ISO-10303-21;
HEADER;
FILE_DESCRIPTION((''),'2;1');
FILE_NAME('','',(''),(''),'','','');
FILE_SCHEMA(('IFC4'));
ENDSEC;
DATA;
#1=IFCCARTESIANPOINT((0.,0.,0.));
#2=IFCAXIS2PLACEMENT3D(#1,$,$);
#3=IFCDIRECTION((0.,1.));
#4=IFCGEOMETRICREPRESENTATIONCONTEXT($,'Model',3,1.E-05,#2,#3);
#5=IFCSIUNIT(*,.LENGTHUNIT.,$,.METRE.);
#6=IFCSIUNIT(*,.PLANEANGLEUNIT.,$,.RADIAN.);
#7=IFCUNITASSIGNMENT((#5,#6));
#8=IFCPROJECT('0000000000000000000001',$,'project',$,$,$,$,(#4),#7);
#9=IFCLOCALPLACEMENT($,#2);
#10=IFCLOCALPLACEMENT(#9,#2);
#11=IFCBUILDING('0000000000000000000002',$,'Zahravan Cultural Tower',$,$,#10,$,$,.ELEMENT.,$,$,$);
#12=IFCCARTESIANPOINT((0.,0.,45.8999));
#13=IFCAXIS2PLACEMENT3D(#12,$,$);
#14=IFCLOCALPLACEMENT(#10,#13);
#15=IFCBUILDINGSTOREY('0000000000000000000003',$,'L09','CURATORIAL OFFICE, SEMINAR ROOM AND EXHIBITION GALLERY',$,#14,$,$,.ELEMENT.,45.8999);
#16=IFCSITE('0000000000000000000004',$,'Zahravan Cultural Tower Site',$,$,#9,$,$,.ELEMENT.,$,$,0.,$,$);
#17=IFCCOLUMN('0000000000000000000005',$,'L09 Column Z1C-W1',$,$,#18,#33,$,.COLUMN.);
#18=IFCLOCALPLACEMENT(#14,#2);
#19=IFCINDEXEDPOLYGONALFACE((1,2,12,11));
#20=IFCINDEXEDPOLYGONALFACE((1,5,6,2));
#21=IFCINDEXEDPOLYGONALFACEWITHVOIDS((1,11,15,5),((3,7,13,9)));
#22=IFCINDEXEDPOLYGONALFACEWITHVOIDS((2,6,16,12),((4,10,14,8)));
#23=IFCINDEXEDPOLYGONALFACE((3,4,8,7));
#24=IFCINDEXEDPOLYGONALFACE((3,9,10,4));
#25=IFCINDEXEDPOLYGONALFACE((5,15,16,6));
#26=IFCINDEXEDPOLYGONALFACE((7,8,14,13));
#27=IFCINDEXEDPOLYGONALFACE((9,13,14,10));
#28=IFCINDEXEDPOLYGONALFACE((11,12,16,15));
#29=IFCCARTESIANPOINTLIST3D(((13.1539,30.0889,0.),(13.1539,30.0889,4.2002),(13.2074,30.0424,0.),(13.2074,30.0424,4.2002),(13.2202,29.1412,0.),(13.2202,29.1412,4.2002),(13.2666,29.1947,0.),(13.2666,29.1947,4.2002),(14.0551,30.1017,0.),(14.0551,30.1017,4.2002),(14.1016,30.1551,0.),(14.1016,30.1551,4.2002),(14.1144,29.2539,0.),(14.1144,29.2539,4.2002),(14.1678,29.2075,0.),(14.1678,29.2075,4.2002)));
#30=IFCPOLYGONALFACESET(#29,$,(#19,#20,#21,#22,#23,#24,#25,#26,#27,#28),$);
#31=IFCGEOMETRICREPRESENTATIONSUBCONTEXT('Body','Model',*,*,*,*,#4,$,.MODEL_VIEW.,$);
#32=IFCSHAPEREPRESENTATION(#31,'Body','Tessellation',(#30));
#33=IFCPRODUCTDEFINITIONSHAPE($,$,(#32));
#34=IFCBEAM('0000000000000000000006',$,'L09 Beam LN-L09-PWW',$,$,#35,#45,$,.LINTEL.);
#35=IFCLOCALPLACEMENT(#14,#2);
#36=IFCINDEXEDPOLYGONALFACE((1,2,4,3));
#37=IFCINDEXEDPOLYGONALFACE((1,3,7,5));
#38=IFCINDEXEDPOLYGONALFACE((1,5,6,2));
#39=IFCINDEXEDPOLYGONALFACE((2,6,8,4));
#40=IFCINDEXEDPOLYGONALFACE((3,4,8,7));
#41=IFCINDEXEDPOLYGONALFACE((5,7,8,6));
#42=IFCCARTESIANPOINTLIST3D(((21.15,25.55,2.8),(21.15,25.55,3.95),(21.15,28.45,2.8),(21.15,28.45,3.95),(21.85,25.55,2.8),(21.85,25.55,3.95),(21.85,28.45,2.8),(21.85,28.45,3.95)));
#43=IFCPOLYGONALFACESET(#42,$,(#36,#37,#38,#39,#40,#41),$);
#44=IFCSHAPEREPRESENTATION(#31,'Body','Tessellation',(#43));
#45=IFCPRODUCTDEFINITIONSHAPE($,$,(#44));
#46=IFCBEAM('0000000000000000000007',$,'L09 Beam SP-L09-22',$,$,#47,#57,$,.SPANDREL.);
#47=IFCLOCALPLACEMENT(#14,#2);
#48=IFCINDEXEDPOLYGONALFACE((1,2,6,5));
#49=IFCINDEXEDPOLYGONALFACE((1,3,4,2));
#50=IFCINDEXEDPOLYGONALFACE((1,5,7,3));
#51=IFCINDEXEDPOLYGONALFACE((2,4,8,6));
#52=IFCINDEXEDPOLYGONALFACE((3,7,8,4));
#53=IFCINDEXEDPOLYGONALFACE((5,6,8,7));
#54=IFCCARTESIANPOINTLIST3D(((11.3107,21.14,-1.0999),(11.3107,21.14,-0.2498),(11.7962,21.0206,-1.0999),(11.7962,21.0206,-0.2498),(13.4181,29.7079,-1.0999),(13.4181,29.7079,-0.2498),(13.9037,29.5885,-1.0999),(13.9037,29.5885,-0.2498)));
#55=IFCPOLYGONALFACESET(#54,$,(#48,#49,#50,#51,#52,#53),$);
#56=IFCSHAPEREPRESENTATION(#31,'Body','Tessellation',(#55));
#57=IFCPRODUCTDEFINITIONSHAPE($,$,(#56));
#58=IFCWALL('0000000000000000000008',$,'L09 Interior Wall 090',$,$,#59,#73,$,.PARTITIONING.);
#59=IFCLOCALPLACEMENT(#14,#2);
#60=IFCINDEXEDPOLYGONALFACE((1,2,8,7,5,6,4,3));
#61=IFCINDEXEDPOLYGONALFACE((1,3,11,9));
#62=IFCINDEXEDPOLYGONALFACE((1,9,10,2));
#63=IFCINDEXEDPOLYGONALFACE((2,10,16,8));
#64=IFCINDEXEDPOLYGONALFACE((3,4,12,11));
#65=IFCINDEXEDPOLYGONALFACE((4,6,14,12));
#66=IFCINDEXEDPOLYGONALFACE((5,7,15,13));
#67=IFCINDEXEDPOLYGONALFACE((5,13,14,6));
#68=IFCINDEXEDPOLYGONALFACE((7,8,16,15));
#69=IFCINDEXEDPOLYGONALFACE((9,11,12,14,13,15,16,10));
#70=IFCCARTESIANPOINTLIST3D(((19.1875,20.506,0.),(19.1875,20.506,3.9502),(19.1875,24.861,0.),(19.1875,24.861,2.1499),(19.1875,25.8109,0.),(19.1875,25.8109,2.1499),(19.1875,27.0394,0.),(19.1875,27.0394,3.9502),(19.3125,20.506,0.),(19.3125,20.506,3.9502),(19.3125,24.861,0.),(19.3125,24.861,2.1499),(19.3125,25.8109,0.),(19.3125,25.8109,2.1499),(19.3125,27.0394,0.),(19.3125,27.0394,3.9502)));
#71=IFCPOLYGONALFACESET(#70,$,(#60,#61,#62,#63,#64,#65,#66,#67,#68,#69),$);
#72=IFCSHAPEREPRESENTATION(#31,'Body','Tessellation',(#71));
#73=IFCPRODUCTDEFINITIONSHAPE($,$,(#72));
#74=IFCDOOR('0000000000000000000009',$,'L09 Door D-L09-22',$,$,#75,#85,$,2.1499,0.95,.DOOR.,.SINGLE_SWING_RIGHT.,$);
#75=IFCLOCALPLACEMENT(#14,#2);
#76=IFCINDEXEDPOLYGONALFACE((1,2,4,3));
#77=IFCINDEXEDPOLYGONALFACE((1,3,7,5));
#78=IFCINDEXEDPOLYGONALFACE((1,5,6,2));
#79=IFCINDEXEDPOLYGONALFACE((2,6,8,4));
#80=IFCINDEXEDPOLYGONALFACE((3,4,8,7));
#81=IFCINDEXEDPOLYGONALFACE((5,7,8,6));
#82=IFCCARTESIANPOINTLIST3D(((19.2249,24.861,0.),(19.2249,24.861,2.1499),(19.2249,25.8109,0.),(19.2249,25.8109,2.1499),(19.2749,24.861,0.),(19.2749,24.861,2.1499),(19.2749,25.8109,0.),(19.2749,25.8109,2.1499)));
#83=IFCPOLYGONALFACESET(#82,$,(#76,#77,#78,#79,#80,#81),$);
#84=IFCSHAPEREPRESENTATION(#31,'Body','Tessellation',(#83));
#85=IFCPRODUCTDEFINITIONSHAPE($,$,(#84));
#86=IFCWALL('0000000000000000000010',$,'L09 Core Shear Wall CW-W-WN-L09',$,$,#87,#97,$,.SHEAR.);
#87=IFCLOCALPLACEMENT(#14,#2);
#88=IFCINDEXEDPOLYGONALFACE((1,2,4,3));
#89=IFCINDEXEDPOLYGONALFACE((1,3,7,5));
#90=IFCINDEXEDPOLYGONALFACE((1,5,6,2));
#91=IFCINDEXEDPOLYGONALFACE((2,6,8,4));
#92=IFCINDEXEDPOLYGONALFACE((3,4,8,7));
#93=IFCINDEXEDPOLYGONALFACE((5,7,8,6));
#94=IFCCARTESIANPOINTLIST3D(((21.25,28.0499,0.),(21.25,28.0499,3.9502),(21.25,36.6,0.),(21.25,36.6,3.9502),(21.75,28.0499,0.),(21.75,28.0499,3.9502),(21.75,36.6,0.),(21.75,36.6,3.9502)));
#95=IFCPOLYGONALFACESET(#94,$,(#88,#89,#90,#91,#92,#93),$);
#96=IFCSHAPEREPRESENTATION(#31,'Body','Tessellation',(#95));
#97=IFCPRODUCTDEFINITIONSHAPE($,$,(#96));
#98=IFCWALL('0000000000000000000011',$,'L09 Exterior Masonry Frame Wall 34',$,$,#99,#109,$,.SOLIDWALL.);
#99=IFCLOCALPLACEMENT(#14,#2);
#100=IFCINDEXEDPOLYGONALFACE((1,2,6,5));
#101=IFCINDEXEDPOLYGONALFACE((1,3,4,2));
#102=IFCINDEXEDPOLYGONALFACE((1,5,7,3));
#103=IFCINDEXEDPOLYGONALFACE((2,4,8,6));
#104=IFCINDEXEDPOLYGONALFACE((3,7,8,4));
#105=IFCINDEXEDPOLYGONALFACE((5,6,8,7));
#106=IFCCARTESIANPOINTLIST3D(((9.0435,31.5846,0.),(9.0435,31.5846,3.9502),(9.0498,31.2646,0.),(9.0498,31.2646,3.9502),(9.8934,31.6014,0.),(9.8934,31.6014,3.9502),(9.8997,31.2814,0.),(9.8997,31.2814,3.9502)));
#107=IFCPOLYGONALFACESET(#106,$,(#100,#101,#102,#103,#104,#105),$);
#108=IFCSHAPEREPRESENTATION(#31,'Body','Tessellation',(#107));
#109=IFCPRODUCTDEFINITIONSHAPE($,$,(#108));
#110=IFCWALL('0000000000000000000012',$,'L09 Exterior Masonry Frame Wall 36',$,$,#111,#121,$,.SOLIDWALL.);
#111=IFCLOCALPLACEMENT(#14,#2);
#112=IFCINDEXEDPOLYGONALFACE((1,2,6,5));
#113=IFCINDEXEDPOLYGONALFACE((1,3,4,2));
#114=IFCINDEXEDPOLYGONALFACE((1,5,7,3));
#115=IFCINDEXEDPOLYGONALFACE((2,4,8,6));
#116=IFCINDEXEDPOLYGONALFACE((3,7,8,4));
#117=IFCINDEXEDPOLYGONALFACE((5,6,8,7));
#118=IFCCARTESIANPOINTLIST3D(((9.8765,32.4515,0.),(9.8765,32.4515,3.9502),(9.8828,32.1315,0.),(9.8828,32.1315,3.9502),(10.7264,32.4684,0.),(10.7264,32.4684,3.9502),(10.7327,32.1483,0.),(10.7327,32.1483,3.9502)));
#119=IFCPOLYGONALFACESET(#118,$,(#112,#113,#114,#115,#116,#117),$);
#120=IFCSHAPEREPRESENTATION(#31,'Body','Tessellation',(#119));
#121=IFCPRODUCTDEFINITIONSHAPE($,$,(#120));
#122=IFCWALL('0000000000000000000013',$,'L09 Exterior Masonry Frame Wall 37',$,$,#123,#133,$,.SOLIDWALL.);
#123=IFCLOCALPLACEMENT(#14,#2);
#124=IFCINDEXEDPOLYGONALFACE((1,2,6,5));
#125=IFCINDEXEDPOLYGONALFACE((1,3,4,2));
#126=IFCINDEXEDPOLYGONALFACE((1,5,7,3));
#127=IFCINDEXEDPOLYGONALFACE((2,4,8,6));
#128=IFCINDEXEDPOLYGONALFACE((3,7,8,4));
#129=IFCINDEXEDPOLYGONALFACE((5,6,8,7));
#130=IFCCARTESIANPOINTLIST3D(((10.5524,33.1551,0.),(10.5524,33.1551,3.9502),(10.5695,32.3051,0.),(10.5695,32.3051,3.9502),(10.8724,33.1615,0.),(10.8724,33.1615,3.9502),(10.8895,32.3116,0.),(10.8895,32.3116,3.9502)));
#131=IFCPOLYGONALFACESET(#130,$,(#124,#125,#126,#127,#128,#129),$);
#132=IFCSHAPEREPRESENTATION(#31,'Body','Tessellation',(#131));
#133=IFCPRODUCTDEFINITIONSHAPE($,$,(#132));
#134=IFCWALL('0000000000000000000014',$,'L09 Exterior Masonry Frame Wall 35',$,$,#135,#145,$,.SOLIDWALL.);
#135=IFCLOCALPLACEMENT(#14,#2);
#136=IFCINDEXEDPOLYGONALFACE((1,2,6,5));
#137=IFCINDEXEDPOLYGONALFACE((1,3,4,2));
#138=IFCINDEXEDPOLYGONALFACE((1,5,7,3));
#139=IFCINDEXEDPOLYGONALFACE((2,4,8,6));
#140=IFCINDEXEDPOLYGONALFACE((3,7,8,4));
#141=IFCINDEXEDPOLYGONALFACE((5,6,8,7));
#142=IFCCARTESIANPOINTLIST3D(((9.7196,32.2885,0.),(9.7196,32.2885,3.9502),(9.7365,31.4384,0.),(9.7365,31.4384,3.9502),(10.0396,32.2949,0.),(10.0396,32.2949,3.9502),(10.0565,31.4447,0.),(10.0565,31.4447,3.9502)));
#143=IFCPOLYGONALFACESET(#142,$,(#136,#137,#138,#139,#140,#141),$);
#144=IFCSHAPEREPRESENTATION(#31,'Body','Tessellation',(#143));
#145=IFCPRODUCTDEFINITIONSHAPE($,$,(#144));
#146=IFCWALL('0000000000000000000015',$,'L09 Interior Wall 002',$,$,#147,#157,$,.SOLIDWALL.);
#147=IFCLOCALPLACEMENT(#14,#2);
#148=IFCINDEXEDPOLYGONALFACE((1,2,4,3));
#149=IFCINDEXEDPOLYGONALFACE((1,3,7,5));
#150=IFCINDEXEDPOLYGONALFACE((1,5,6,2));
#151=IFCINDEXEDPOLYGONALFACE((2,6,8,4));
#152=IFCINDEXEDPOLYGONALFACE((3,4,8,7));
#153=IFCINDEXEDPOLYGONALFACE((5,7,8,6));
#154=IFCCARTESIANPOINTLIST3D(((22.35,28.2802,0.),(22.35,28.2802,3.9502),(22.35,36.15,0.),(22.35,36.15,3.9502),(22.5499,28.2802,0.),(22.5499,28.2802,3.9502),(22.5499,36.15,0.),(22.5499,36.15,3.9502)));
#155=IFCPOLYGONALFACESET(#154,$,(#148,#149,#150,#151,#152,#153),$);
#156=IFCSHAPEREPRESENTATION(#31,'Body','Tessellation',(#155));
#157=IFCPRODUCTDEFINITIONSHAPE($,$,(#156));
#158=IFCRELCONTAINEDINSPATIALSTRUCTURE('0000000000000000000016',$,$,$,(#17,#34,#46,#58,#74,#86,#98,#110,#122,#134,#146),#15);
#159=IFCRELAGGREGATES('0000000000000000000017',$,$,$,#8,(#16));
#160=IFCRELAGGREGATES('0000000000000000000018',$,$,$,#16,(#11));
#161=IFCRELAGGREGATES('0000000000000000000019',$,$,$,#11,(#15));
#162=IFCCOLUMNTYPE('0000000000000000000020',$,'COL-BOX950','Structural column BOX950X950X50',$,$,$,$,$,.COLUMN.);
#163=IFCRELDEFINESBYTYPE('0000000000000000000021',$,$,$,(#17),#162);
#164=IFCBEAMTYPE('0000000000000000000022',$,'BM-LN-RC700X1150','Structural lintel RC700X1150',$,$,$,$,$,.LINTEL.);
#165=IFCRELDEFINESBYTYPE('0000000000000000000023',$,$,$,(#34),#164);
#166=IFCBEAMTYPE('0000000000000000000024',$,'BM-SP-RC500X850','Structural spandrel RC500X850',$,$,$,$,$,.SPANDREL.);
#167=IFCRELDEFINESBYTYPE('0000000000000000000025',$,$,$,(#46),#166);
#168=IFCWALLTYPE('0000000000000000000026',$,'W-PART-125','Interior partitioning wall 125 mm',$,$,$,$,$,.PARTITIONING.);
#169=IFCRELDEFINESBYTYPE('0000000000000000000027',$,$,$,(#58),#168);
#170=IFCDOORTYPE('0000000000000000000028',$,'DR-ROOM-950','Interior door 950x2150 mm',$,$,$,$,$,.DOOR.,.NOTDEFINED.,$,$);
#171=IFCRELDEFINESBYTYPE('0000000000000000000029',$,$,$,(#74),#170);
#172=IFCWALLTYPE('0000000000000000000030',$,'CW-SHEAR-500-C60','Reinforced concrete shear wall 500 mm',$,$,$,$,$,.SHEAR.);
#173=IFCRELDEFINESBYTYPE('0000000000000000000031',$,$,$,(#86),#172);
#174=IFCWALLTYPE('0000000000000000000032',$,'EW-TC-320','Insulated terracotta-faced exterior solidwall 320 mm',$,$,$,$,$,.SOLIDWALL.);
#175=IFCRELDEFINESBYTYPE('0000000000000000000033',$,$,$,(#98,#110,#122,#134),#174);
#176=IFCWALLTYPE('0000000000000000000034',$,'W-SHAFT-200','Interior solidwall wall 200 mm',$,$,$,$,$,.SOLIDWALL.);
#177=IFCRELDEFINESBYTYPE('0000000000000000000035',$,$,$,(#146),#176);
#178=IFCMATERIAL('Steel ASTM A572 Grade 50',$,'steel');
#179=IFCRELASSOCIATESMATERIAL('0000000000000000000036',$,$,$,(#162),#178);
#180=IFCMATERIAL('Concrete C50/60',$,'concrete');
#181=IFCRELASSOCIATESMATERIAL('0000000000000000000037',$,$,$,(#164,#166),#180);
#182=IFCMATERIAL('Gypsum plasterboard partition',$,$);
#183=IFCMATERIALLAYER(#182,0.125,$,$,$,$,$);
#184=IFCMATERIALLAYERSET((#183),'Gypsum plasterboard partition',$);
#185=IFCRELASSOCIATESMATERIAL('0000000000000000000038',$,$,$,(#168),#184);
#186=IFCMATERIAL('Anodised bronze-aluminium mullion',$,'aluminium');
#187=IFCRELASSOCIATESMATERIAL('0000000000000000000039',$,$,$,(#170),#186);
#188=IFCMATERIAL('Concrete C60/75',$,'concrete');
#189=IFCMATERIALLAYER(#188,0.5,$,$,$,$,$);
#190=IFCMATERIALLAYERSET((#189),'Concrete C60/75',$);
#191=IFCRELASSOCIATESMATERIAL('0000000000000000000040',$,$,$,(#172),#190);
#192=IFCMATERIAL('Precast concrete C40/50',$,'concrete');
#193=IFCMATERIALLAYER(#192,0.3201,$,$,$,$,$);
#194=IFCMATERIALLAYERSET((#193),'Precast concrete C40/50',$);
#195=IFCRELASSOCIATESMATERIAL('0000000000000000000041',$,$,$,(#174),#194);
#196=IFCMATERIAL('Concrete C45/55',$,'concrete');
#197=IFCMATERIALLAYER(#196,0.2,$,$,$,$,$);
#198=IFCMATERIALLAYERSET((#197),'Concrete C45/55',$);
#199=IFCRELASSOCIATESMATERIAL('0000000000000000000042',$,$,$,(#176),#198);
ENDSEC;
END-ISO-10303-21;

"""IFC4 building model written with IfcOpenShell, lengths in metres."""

from ifc_helpers import new_model, si_unit, direction, frame, frame_2d, origin, origin_2d, place, context, subcontext, project, spatial, rectangle, hollow_rectangle, extrude, source, transform, mapped, material, layer, layer_set, material_profile, profile_set, type_object, element, fill, save


model = new_model("IFC4")

# Units and contexts
model_context = context("Model", 3, precision=1e-05, world=origin(), true_north=direction((0.0, 1.0)))
body_context = subcontext(model_context, "Body", "Model", "MODEL_VIEW")
ifc_project = project(units=[si_unit("LENGTHUNIT", "METRE"), si_unit("PLANEANGLEUNIT", "RADIAN")], contexts=[model_context])

# Site, building, storey
site_placement = place(None, origin())
site = spatial("IfcSite", under=ifc_project, at=site_placement, Name="Zahravan Cultural Tower Site", CompositionType="ELEMENT", RefElevation=0.0)
building_placement = place(site_placement, origin())
building = spatial("IfcBuilding", under=site, at=building_placement, Name="Zahravan Cultural Tower", CompositionType="ELEMENT")
storey_placement = place(building_placement, frame((0.0, 0.0, 45.8999)))
storey = spatial("IfcBuildingStorey", under=building, at=storey_placement, Name="L09", Description="CURATORIAL OFFICE, SEMINAR ROOM AND EXHIBITION GALLERY", CompositionType="ELEMENT", Elevation=45.8999)

# Column
ifc_material_1 = material(Name="Steel ASTM A572 Grade 50", Category="steel")
ifc_material_profile_1 = material_profile(ifc_material_1, hollow_rectangle(XDim=0.95, YDim=0.95, WallThickness=0.05, at=origin_2d()), Name="BOX950X950X50")
ifc_profile_set_1 = profile_set([ifc_material_profile_1], Name="Steel ASTM A572 Grade 50")
column_type = type_object("IfcColumnType", Name="COL-BOX950", Description="Structural column BOX950X950X50", PredefinedType="COLUMN", material=ifc_profile_set_1)
shared_shape_1 = source(origin(), body_context, "Body", "SweptSolid", [
    extrude(hollow_rectangle(XDim=0.95, YDim=0.95, WallThickness=0.05, at=origin_2d()), origin(), (0.0, 0.0, 1.0), 4.2002),
])
column_placement = place(storey_placement, frame((13.6609, 29.6482, 0.0), z_axis=(0.0, 0.0, 1.0), x_axis=(0.997564, 0.069756, 0.0)))
element("IfcColumn", 1, at=column_placement, inside=storey, type_object=column_type, Name="L09 Column Z1C-W1", PredefinedType="COLUMN", context=body_context, shape_type="MappedRepresentation", body=[
    mapped(shared_shape_1, transform((0.0, 0.0, 0.0), x_axis=(1.0, 0.0, 0.0), y_axis=(0.0, 1.0, 0.0), z_axis=(0.0, 0.0, 1.0), scale=1.0)),
])

# Beams
ifc_material_2 = material(Name="Concrete C50/60", Category="concrete")
ifc_material_profile_2 = material_profile(ifc_material_2, rectangle(XDim=0.7, YDim=1.1499, at=origin_2d()), Name="RC700X1150")
ifc_profile_set_2 = profile_set([ifc_material_profile_2], Name="Concrete C50/60")
beam_type_1 = type_object("IfcBeamType", Name="BM-LN-RC700X1150", Description="Structural lintel RC700X1150", PredefinedType="LINTEL", material=ifc_profile_set_2)
shared_shape_2 = source(origin(), body_context, "Body", "SweptSolid", [
    extrude(rectangle(XDim=0.7, YDim=1.1499, at=origin_2d()), origin(), (0.0, 0.0, 1.0), 2.8999),
])
beam_1_placement = place(storey_placement, frame((21.5, 25.55, 3.375), z_axis=(0.0, 1.0, 0.0), x_axis=(-1.0, 0.0, 0.0)))
element("IfcBeam", 2, at=beam_1_placement, inside=storey, type_object=beam_type_1, Name="L09 Beam LN-L09-PWW", PredefinedType="LINTEL", context=body_context, shape_type="MappedRepresentation", body=[
    mapped(shared_shape_2, transform((0.0, 0.0, 0.0), x_axis=(1.0, 0.0, 0.0), y_axis=(0.0, 1.0, 0.0), z_axis=(0.0, 0.0, 1.0), scale=1.0)),
])
ifc_material_profile_3 = material_profile(ifc_material_2, rectangle(XDim=0.5, YDim=0.8501, at=origin_2d()), Name="RC500X850")
ifc_profile_set_3 = profile_set([ifc_material_profile_3], Name="Concrete C50/60")
beam_type_2 = type_object("IfcBeamType", Name="BM-SP-RC500X850", Description="Structural spandrel RC500X850", PredefinedType="SPANDREL", material=ifc_profile_set_3)
shared_shape_3 = source(origin(), body_context, "Body", "SweptSolid", [
    extrude(rectangle(XDim=0.5, YDim=0.8501, at=origin_2d()), origin(), (0.0, 0.0, 1.0), 8.8232),
])
beam_2_placement = place(storey_placement, frame((13.6609, 29.6482, -0.6748), z_axis=(-0.238849, -0.971057, 0.0), x_axis=(0.971057, -0.238849, 0.0)))
element("IfcBeam", 3, at=beam_2_placement, inside=storey, type_object=beam_type_2, Name="L09 Beam SP-L09-22", PredefinedType="SPANDREL", context=body_context, shape_type="MappedRepresentation", body=[
    mapped(shared_shape_3, transform((0.0, 0.0, 0.0), x_axis=(1.0, 0.0, 0.0), y_axis=(0.0, 1.0, 0.0), z_axis=(0.0, 0.0, 1.0), scale=1.0)),
])

# Wall, opening, door
ifc_material_3 = material(Name="Gypsum plasterboard partition")
ifc_layer_1 = layer(ifc_material_3, 0.125)
ifc_layer_set_1 = layer_set([ifc_layer_1], Name="Gypsum plasterboard partition")
wall_type_1 = type_object("IfcWallType", Name="W-PART-125", Description="Interior partitioning wall 125 mm", PredefinedType="PARTITIONING", material=ifc_layer_set_1)
wall_1_placement = place(storey_placement, frame((19.25, 27.0393, 0.0), z_axis=(0.0, 0.0, 1.0), x_axis=(0.0, -1.0, 0.0)))
wall_1 = element("IfcWall", 4, at=wall_1_placement, inside=storey, type_object=wall_type_1, Name="L09 Interior Wall 090", PredefinedType="PARTITIONING", context=body_context, shape_type="SweptSolid", body=[
    extrude(rectangle(XDim=6.5334, YDim=0.125, at=frame_2d((3.2666, 0.0))), origin(), (0.0, 0.0, 1.0), 3.9502),
])
opening_placement = place(wall_1_placement, frame((1.2283, 0.0, 0.0)))
opening = element("IfcOpeningElement", 5, at=opening_placement, cuts=wall_1, PredefinedType="OPENING", context=body_context, shape_type="SweptSolid", body=[
    extrude(rectangle(XDim=0.95, YDim=2.1499, at=frame_2d((0.4751, 1.075))), frame((0.0, 0.0725, 0.0), z_axis=(0.0, -1.0, 0.0), x_axis=(1.0, 0.0, 0.0)), (0.0, 0.0, 1.0), 0.145),
])
ifc_material_4 = material(Name="Anodised bronze-aluminium mullion", Category="aluminium")
door_type = type_object("IfcDoorType", Name="DR-ROOM-950", Description="Interior door 950x2150 mm", OperationType="NOTDEFINED", PredefinedType="DOOR", material=ifc_material_4)
shared_shape_4 = source(origin(), body_context, "Body", "SweptSolid", [
    extrude(rectangle(XDim=0.95, YDim=2.1499, at=frame_2d((0.4751, 1.075))), frame((0.0, 0.0249, 0.0), z_axis=(0.0, -1.0, 0.0), x_axis=(1.0, 0.0, 0.0)), (0.0, 0.0, 1.0), 0.05),
])
door_placement = place(opening_placement, origin())
door = element("IfcDoor", 6, at=door_placement, inside=storey, type_object=door_type, Name="L09 Door D-L09-22", OperationType="SINGLE_SWING_RIGHT", OverallHeight=2.1499, OverallWidth=0.95, PredefinedType="DOOR", context=body_context, shape_type="MappedRepresentation", body=[
    mapped(shared_shape_4, transform((0.0, 0.0, 0.0), x_axis=(1.0, 0.0, 0.0), y_axis=(0.0, 1.0, 0.0), z_axis=(0.0, 0.0, 1.0), scale=1.0)),
])
fill(opening, door)

# Walls
ifc_material_5 = material(Name="Concrete C60/75", Category="concrete")
ifc_layer_2 = layer(ifc_material_5, 0.5)
ifc_layer_set_2 = layer_set([ifc_layer_2], Name="Concrete C60/75")
wall_type_2 = type_object("IfcWallType", Name="CW-SHEAR-500-C60", Description="Reinforced concrete shear wall 500 mm", PredefinedType="SHEAR", material=ifc_layer_set_2)
shared_shape_5 = source(origin(), body_context, "Body", "SweptSolid", [
    extrude(rectangle(XDim=8.55, YDim=0.5, at=frame_2d((4.2749, 0.0))), origin(), (0.0, 0.0, 1.0), 3.9502),
])
wall_2_placement = place(storey_placement, frame((21.5, 28.05, 0.0), z_axis=(0.0, 0.0, 1.0), x_axis=(0.0, 1.0, 0.0)))
element("IfcWall", 7, at=wall_2_placement, inside=storey, type_object=wall_type_2, Name="L09 Core Shear Wall CW-W-WN-L09", PredefinedType="SHEAR", context=body_context, shape_type="MappedRepresentation", body=[
    mapped(shared_shape_5, transform((0.0, 0.0, 0.0), x_axis=(1.0, 0.0, 0.0), y_axis=(0.0, 1.0, 0.0), z_axis=(0.0, 0.0, 1.0), scale=1.0)),
])
ifc_material_6 = material(Name="Precast concrete C40/50", Category="concrete")
ifc_layer_3 = layer(ifc_material_6, 0.3201)
ifc_layer_set_3 = layer_set([ifc_layer_3], Name="Precast concrete C40/50")
wall_type_3 = type_object("IfcWallType", Name="EW-TC-320", Description="Insulated terracotta-faced exterior solidwall 320 mm", PredefinedType="SOLIDWALL", material=ifc_layer_set_3)
shared_shape_6 = source(origin(), body_context, "Body", "SweptSolid", [
    extrude(rectangle(XDim=0.8501, YDim=0.3201, at=frame_2d((0.425, 0.0))), origin(), (0.0, 0.0, 1.0), 3.9502),
])
for number, where, z_axis, x_axis, name in (
    (8, (9.0466, 31.4246, 0.0), (0.0, 0.0, 1.0), (0.999804, 0.019818, 0.0), "L09 Exterior Masonry Frame Wall 34"),
    (9, (9.8796, 32.2915, 0.0), (0.0, 0.0, 1.0), (0.999804, 0.019818, 0.0), "L09 Exterior Masonry Frame Wall 36"),
    (10, (10.7295, 32.3083, 0.0), (0.0, 0.0, 1.0), (-0.020105, 0.999798, 0.0), "L09 Exterior Masonry Frame Wall 37"),
):
    element("IfcWall", number, at=place(storey_placement, frame(where, z_axis=z_axis, x_axis=x_axis)), inside=storey, type_object=wall_type_3, Name=name, PredefinedType="SOLIDWALL", context=body_context, shape_type="MappedRepresentation", body=[
        mapped(shared_shape_6, transform((0.0, 0.0, 0.0), x_axis=(1.0, 0.0, 0.0), y_axis=(0.0, 1.0, 0.0), z_axis=(0.0, 0.0, 1.0), scale=1.0)),
    ])
shared_shape_7 = source(origin(), body_context, "Body", "SweptSolid", [
    extrude(rectangle(XDim=0.8503, YDim=0.3201, at=frame_2d((0.4253, 0.0))), origin(), (0.0, 0.0, 1.0), 3.9502),
])
wall_3_placement = place(storey_placement, frame((9.8965, 31.4414, 0.0), z_axis=(0.0, 0.0, 1.0), x_axis=(-0.019812, 0.999804, 0.0)))
element("IfcWall", 11, at=wall_3_placement, inside=storey, type_object=wall_type_3, Name="L09 Exterior Masonry Frame Wall 35", PredefinedType="SOLIDWALL", context=body_context, shape_type="MappedRepresentation", body=[
    mapped(shared_shape_7, transform((0.0, 0.0, 0.0), x_axis=(1.0, 0.0, 0.0), y_axis=(0.0, 1.0, 0.0), z_axis=(0.0, 0.0, 1.0), scale=1.0)),
])
ifc_material_7 = material(Name="Concrete C45/55", Category="concrete")
ifc_layer_4 = layer(ifc_material_7, 0.2)
ifc_layer_set_4 = layer_set([ifc_layer_4], Name="Concrete C45/55")
wall_type_4 = type_object("IfcWallType", Name="W-SHAFT-200", Description="Interior solidwall wall 200 mm", PredefinedType="SOLIDWALL", material=ifc_layer_set_4)
shared_shape_8 = source(origin(), body_context, "Body", "SweptSolid", [
    extrude(rectangle(XDim=7.8699, YDim=0.2, at=frame_2d((3.9351, 0.0))), origin(), (0.0, 0.0, 1.0), 3.9502),
])
wall_4_placement = place(storey_placement, frame((22.45, 28.28, 0.0), z_axis=(0.0, 0.0, 1.0), x_axis=(0.0, 1.0, 0.0)))
element("IfcWall", 12, at=wall_4_placement, inside=storey, type_object=wall_type_4, Name="L09 Interior Wall 002", PredefinedType="SOLIDWALL", context=body_context, shape_type="MappedRepresentation", body=[
    mapped(shared_shape_8, transform((0.0, 0.0, 0.0), x_axis=(1.0, 0.0, 0.0), y_axis=(0.0, 1.0, 0.0), z_axis=(0.0, 0.0, 1.0), scale=1.0)),
])

save(model, "model.ifc")
